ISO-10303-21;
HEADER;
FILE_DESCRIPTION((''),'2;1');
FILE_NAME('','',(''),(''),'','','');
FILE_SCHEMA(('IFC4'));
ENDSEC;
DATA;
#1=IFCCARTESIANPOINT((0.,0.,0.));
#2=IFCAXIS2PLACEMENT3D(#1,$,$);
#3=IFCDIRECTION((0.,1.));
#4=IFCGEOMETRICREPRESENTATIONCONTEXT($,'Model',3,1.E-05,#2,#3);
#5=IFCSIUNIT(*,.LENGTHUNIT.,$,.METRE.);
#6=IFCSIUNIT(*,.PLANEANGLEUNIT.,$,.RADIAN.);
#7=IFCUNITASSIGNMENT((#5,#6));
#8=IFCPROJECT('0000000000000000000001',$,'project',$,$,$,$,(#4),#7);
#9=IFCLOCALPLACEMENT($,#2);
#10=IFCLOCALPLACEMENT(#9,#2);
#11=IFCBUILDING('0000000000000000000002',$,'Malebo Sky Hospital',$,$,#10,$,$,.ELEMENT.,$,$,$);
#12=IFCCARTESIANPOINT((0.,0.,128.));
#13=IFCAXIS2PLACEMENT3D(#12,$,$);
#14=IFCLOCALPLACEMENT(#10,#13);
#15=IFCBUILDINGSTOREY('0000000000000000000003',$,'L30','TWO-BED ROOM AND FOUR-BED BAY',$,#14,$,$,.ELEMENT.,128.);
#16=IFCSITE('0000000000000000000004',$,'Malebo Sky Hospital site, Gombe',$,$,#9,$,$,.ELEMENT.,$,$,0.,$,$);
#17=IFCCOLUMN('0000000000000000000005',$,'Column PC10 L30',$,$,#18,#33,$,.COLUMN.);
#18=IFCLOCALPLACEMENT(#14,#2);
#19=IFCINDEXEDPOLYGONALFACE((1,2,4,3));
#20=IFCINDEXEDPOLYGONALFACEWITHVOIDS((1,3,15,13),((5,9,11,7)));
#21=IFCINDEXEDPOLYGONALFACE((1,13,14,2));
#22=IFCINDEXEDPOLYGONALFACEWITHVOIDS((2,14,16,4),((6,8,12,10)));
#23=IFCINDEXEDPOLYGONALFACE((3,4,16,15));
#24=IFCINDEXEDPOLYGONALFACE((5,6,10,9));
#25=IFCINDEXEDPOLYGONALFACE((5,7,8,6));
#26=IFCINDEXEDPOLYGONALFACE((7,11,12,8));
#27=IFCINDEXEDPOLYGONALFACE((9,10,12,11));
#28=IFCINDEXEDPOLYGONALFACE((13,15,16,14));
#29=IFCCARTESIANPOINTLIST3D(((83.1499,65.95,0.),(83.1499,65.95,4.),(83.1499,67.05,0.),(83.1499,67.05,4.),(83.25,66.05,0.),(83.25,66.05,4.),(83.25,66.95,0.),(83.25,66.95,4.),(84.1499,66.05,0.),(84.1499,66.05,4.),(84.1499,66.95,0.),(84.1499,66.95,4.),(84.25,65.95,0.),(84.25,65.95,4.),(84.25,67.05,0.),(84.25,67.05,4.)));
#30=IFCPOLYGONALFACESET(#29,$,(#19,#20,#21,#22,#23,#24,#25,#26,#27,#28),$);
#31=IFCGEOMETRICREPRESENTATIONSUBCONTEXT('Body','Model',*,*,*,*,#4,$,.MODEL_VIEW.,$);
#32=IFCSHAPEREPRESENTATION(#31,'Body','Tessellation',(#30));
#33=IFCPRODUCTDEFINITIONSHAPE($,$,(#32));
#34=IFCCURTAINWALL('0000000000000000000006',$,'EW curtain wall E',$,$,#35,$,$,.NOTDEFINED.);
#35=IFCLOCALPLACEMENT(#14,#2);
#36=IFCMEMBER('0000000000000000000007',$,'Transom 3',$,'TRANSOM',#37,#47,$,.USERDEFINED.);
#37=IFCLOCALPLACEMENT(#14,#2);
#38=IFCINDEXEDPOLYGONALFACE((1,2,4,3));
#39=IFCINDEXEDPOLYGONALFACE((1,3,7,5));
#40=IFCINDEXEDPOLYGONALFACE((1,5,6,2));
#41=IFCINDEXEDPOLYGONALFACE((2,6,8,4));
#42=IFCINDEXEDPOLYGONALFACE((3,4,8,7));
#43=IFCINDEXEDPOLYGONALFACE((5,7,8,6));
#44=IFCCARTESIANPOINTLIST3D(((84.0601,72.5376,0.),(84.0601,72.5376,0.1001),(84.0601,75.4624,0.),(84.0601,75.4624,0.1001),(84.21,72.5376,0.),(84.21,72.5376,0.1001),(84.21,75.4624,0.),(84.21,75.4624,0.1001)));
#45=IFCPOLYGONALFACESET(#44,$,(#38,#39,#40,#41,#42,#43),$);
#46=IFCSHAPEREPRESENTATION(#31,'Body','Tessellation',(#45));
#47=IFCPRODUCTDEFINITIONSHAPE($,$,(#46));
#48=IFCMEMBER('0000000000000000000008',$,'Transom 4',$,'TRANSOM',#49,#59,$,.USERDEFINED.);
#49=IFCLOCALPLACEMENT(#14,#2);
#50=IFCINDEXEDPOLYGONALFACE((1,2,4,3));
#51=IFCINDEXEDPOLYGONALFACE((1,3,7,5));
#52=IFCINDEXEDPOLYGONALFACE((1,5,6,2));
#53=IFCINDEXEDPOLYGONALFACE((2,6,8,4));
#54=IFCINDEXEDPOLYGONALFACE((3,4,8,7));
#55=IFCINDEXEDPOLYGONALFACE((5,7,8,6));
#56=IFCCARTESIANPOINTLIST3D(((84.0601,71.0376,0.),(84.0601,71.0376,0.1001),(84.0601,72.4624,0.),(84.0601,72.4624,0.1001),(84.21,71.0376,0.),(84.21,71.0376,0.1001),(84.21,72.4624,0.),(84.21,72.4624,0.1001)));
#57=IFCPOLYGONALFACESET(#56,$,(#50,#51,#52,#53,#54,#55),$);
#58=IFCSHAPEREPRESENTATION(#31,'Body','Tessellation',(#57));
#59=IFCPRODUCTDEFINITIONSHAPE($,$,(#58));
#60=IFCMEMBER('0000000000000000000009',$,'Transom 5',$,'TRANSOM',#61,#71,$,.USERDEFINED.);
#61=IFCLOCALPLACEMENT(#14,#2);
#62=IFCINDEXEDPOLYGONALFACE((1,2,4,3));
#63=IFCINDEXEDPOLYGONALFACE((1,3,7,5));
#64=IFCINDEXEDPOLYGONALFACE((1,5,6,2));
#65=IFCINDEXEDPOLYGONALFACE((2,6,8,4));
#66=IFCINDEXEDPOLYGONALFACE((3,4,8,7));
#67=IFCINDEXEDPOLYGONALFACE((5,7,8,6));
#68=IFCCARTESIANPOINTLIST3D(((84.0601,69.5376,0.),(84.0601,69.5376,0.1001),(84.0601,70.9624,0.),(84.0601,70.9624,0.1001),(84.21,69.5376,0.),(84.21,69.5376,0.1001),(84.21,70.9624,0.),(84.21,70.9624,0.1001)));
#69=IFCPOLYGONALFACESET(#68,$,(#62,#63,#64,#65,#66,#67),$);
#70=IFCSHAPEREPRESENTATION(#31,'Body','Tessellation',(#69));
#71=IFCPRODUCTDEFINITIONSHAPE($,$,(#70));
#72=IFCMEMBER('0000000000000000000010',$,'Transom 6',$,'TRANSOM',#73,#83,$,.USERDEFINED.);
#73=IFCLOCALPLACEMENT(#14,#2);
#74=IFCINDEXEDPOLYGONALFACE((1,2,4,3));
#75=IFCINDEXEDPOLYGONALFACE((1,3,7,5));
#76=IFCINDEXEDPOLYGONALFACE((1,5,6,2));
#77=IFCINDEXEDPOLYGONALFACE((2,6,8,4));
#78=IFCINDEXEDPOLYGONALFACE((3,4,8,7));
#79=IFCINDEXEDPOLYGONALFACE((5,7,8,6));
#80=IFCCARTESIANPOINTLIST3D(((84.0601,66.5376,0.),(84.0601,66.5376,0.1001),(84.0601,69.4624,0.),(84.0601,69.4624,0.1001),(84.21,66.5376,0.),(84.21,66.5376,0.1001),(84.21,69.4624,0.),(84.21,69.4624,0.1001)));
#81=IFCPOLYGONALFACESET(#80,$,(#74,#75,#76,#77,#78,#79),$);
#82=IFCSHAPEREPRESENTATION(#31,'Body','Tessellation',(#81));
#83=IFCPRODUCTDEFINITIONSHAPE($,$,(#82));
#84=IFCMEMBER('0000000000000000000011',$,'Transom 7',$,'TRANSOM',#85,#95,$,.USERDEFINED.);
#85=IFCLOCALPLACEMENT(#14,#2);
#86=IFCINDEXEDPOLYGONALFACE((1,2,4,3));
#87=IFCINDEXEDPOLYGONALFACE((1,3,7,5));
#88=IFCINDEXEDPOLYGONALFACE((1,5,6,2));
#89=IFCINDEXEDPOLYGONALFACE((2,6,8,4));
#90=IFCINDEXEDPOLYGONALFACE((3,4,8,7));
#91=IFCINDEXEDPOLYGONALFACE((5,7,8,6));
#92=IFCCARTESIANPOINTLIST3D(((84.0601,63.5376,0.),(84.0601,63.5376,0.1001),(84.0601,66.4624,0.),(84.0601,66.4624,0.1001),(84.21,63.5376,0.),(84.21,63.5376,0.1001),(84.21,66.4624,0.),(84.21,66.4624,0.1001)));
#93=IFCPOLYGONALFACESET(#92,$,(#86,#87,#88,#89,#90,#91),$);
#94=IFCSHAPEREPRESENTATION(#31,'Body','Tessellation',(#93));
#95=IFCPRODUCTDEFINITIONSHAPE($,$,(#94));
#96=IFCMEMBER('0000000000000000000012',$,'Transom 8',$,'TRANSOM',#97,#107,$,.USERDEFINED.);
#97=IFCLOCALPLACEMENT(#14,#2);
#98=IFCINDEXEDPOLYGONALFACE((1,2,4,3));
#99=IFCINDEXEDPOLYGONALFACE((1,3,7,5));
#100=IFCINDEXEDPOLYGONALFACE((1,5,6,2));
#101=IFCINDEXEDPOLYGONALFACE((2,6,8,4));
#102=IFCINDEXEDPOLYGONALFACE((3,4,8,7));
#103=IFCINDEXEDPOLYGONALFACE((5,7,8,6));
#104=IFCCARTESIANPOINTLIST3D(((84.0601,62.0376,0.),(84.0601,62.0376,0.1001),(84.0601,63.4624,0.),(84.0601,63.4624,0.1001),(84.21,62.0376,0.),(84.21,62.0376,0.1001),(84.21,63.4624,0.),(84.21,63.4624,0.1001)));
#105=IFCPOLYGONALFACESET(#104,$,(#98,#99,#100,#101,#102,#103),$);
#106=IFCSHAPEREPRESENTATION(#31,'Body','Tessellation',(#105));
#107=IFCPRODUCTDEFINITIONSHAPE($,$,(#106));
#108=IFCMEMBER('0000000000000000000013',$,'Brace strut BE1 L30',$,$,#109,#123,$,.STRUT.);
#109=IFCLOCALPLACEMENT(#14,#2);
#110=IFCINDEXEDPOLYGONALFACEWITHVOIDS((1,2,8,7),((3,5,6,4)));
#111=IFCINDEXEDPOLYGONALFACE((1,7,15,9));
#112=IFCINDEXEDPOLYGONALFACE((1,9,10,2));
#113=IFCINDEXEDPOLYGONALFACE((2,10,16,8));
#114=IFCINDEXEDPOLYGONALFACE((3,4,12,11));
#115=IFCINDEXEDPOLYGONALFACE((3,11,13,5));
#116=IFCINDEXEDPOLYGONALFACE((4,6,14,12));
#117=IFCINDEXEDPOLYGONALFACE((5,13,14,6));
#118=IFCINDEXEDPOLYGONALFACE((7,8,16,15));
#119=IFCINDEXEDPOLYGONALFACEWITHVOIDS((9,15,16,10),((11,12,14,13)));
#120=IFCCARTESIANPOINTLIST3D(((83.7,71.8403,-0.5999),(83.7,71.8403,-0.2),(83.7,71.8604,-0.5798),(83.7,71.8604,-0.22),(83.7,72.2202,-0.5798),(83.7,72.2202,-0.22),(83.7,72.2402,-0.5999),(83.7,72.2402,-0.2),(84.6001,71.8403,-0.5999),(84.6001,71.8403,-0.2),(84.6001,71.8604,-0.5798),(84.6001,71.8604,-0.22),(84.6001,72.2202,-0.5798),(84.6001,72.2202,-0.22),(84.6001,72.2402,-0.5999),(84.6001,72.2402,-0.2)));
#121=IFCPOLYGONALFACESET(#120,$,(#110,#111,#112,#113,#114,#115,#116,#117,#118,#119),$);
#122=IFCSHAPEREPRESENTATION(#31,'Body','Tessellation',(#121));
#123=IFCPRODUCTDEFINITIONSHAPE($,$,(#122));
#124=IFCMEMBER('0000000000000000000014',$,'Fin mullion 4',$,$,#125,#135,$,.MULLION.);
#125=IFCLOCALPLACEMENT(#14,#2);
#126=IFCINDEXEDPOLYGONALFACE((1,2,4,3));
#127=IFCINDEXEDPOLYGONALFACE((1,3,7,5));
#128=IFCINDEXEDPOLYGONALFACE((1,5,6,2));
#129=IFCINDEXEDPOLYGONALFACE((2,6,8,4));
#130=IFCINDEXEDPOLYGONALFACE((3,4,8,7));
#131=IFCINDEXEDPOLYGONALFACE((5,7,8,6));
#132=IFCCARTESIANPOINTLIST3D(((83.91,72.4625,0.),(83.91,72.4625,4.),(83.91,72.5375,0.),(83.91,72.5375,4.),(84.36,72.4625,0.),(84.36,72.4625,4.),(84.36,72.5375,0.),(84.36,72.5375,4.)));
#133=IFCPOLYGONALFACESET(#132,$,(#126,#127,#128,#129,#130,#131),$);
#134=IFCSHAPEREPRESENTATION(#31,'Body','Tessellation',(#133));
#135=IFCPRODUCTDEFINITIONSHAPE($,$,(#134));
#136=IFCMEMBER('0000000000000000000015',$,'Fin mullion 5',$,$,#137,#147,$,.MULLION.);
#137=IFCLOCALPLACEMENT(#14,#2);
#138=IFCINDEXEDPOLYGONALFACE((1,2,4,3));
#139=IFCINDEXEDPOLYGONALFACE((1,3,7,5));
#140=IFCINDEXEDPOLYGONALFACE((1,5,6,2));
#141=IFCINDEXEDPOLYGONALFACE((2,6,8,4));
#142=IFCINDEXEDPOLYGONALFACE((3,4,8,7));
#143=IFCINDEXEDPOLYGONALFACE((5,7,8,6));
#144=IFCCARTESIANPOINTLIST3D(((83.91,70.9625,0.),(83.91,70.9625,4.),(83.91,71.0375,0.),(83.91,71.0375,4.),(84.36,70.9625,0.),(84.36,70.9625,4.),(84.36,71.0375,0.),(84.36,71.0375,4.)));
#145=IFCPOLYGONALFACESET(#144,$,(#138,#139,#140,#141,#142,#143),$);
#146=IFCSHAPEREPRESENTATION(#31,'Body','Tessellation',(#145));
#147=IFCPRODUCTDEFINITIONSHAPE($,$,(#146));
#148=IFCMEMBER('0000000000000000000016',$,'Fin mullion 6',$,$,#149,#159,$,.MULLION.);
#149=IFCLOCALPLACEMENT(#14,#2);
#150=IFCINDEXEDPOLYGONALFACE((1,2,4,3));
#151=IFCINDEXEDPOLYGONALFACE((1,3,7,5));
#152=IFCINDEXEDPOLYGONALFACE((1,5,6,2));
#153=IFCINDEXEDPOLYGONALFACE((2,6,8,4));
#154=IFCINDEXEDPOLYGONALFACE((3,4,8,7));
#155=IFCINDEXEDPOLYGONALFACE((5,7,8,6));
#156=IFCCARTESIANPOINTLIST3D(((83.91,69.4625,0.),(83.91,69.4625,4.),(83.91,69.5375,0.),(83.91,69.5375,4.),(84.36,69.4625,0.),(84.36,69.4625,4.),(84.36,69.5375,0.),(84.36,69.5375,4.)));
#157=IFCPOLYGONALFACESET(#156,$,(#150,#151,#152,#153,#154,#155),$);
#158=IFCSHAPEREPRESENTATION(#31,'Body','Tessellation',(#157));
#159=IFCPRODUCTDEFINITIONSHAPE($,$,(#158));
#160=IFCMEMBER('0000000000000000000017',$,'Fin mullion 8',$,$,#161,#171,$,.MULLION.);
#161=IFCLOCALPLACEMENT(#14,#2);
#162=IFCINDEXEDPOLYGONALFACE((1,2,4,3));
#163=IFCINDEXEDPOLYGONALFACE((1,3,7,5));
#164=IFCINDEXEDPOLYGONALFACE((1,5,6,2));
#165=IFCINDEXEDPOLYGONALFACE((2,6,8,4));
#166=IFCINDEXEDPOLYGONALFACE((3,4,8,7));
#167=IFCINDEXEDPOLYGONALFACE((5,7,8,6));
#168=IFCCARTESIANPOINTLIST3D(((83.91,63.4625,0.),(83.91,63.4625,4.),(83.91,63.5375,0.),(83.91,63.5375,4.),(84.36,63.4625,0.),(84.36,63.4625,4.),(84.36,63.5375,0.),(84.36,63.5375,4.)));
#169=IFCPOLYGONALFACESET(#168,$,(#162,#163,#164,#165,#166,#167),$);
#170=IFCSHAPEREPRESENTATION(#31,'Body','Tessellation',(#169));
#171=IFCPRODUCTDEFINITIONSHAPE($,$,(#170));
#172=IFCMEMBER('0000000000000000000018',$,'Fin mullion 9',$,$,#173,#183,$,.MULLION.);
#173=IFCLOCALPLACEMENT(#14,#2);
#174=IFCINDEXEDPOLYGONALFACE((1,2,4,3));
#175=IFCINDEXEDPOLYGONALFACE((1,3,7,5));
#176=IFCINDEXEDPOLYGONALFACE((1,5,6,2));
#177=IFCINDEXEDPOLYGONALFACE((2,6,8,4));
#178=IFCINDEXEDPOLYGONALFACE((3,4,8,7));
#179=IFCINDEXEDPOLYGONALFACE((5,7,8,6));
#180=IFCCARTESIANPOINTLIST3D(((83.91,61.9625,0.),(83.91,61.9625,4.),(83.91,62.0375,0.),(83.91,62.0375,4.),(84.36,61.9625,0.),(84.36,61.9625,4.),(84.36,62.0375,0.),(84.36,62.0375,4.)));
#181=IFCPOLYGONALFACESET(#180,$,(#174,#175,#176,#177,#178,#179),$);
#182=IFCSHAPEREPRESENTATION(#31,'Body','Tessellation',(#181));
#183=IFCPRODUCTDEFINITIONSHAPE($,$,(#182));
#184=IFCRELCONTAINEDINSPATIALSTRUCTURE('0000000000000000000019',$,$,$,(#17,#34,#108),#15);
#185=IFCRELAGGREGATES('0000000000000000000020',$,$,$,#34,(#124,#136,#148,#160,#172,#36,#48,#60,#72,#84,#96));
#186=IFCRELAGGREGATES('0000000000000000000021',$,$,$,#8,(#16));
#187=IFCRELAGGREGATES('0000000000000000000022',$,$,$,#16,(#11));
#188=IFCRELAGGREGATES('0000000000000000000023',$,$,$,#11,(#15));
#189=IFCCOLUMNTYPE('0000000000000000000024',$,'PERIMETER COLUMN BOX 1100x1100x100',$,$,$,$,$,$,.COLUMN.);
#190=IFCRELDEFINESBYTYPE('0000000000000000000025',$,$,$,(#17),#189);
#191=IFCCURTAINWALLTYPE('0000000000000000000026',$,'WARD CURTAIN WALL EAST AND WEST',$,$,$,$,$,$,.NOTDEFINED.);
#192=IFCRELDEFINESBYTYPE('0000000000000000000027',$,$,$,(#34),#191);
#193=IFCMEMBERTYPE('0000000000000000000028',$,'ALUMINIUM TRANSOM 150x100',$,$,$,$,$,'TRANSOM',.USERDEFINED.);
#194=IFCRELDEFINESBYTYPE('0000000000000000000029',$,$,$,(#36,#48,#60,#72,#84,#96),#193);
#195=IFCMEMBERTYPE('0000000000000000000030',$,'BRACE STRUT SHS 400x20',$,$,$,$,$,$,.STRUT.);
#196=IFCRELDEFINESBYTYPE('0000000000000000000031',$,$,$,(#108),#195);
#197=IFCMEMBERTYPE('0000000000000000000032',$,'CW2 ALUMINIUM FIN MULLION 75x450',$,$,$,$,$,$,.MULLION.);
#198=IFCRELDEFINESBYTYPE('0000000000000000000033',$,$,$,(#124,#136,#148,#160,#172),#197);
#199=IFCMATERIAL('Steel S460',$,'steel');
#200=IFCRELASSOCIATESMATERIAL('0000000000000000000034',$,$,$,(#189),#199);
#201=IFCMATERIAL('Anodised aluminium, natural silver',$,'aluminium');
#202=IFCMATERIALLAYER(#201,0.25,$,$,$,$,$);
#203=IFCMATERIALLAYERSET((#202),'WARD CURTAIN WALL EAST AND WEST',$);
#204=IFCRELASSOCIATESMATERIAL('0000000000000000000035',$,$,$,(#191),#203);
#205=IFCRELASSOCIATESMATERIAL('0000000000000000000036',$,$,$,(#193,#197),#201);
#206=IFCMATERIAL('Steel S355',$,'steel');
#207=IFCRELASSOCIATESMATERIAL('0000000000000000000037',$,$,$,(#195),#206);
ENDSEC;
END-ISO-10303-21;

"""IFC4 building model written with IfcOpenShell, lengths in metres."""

from ifc_helpers import new_model, si_unit, direction, frame, origin, origin_2d, place, context, subcontext, project, spatial, rectangle, hollow_rectangle, extrude, material, layer, layer_set, material_profile, profile_set, type_object, element, aggregate, save


model = new_model("IFC4")

# Units and contexts
model_context = context("Model", 3, precision=1e-05, world=origin(), true_north=direction((0.0, 1.0)))
body_context = subcontext(model_context, "Body", "Model", "MODEL_VIEW")
ifc_project = project(units=[si_unit("LENGTHUNIT", "METRE"), si_unit("PLANEANGLEUNIT", "RADIAN")], contexts=[model_context])

# Site, building, storey
site_placement = place(None, origin())
site = spatial("IfcSite", under=ifc_project, at=site_placement, Name="Malebo Sky Hospital site, Gombe", CompositionType="ELEMENT", RefElevation=0.0)
building_placement = place(site_placement, origin())
building = spatial("IfcBuilding", under=site, at=building_placement, Name="Malebo Sky Hospital", CompositionType="ELEMENT")
storey_placement = place(building_placement, frame((0.0, 0.0, 128.0)))
storey = spatial("IfcBuildingStorey", under=building, at=storey_placement, Name="L30", Description="TWO-BED ROOM AND FOUR-BED BAY", CompositionType="ELEMENT", Elevation=128.0)

# Column
ifc_material_1 = material(Name="Steel S460", Category="steel")
ifc_material_profile_1 = material_profile(ifc_material_1, hollow_rectangle(XDim=1.1001, YDim=1.1001, WallThickness=0.1001, at=origin_2d()), Name="BOX 1100x1100x100")
ifc_profile_set_1 = profile_set([ifc_material_profile_1], Name="Steel S460")
column_type = type_object("IfcColumnType", Name="PERIMETER COLUMN BOX 1100x1100x100", PredefinedType="COLUMN", material=ifc_profile_set_1)
column_placement = place(storey_placement, frame((83.7, 66.5, 0.0), z_axis=(0.0, 0.0, 1.0), x_axis=(1.0, 0.0, 0.0)))
element("IfcColumn", 1, at=column_placement, inside=storey, type_object=column_type, Name="Column PC10 L30", PredefinedType="COLUMN", context=body_context, shape_type="SweptSolid", body=[
    extrude(hollow_rectangle(XDim=1.1001, YDim=1.1001, WallThickness=0.1001, at=origin_2d()), origin(), (0.0, 0.0, 1.0), 4.0),
])

# Curtain wall, members
ifc_material_2 = material(Name="Anodised aluminium, natural silver", Category="aluminium")
ifc_layer_1 = layer(ifc_material_2, 0.25)
ifc_layer_set_1 = layer_set([ifc_layer_1], Name="WARD CURTAIN WALL EAST AND WEST")
curtain_wall_type = type_object("IfcCurtainWallType", Name="WARD CURTAIN WALL EAST AND WEST", PredefinedType="NOTDEFINED", material=ifc_layer_set_1)
curtain_wall_placement = place(storey_placement, origin())
curtain_wall = element("IfcCurtainWall", 2, at=curtain_wall_placement, inside=storey, type_object=curtain_wall_type, Name="EW curtain wall E", PredefinedType="NOTDEFINED")
ifc_material_profile_2 = material_profile(ifc_material_2, rectangle(XDim=0.1499, YDim=0.1001, at=origin_2d()), Name="ALUMINIUM TRANSOM 150x100")
ifc_profile_set_2 = profile_set([ifc_material_profile_2], Name="Anodised aluminium, natural silver")
member_type_1 = type_object("IfcMemberType", Name="ALUMINIUM TRANSOM 150x100", ElementType="TRANSOM", PredefinedType="USERDEFINED", material=ifc_profile_set_2)
member_1_placement = place(storey_placement, frame((84.135, 75.4624, 0.05), z_axis=(0.0, -1.0, 0.0), x_axis=(1.0, 0.0, 0.0)))
member_1 = element("IfcMember", 3, at=member_1_placement, type_object=member_type_1, Name="Transom 3", ObjectType="TRANSOM", PredefinedType="USERDEFINED", context=body_context, shape_type="SweptSolid", body=[
    extrude(rectangle(XDim=0.1499, YDim=0.1001, at=origin_2d()), origin(), (0.0, 0.0, 1.0), 2.9248),
])
member_2_placement = place(storey_placement, frame((84.135, 72.4624, 0.05), z_axis=(0.0, -1.0, 0.0), x_axis=(1.0, 0.0, 0.0)))
member_2 = element("IfcMember", 4, at=member_2_placement, type_object=member_type_1, Name="Transom 4", ObjectType="TRANSOM", PredefinedType="USERDEFINED", context=body_context, shape_type="SweptSolid", body=[
    extrude(rectangle(XDim=0.1499, YDim=0.1001, at=origin_2d()), origin(), (0.0, 0.0, 1.0), 1.4248),
])
member_3_placement = place(storey_placement, frame((84.135, 70.9624, 0.05), z_axis=(0.0, -1.0, 0.0), x_axis=(1.0, 0.0, 0.0)))
member_3 = element("IfcMember", 5, at=member_3_placement, type_object=member_type_1, Name="Transom 5", ObjectType="TRANSOM", PredefinedType="USERDEFINED", context=body_context, shape_type="SweptSolid", body=[
    extrude(rectangle(XDim=0.1499, YDim=0.1001, at=origin_2d()), origin(), (0.0, 0.0, 1.0), 1.4248),
])
member_4_placement = place(storey_placement, frame((84.135, 69.4624, 0.05), z_axis=(0.0, -1.0, 0.0), x_axis=(1.0, 0.0, 0.0)))
member_4 = element("IfcMember", 6, at=member_4_placement, type_object=member_type_1, Name="Transom 6", ObjectType="TRANSOM", PredefinedType="USERDEFINED", context=body_context, shape_type="SweptSolid", body=[
    extrude(rectangle(XDim=0.1499, YDim=0.1001, at=origin_2d()), origin(), (0.0, 0.0, 1.0), 2.9248),
])
member_5_placement = place(storey_placement, frame((84.135, 66.4624, 0.05), z_axis=(0.0, -1.0, 0.0), x_axis=(1.0, 0.0, 0.0)))
member_5 = element("IfcMember", 7, at=member_5_placement, type_object=member_type_1, Name="Transom 7", ObjectType="TRANSOM", PredefinedType="USERDEFINED", context=body_context, shape_type="SweptSolid", body=[
    extrude(rectangle(XDim=0.1499, YDim=0.1001, at=origin_2d()), origin(), (0.0, 0.0, 1.0), 2.9248),
])
member_6_placement = place(storey_placement, frame((84.135, 63.4624, 0.05), z_axis=(0.0, -1.0, 0.0), x_axis=(1.0, 0.0, 0.0)))
member_6 = element("IfcMember", 8, at=member_6_placement, type_object=member_type_1, Name="Transom 8", ObjectType="TRANSOM", PredefinedType="USERDEFINED", context=body_context, shape_type="SweptSolid", body=[
    extrude(rectangle(XDim=0.1499, YDim=0.1001, at=origin_2d()), origin(), (0.0, 0.0, 1.0), 1.4248),
])

# Members
ifc_material_3 = material(Name="Steel S355", Category="steel")
ifc_material_profile_3 = material_profile(ifc_material_3, hollow_rectangle(XDim=0.3999, YDim=0.3999, WallThickness=0.02, at=origin_2d()), Name="SHS 400x20")
ifc_profile_set_3 = profile_set([ifc_material_profile_3], Name="Steel S355")
member_type_2 = type_object("IfcMemberType", Name="BRACE STRUT SHS 400x20", PredefinedType="STRUT", material=ifc_profile_set_3)
member_7_placement = place(storey_placement, frame((84.6001, 72.0403, -0.3999), z_axis=(-1.0, 0.0, 0.0), x_axis=(0.0, -1.0, 0.0)))
element("IfcMember", 9, at=member_7_placement, inside=storey, type_object=member_type_2, Name="Brace strut BE1 L30", PredefinedType="STRUT", context=body_context, shape_type="SweptSolid", body=[
    extrude(hollow_rectangle(XDim=0.3999, YDim=0.3999, WallThickness=0.02, at=origin_2d()), origin(), (0.0, 0.0, 1.0), 0.9001),
])
ifc_material_profile_4 = material_profile(ifc_material_2, rectangle(XDim=0.075, YDim=0.45, at=origin_2d()), Name="CW2 ALUMINIUM FIN MULLION 75x450")
ifc_profile_set_4 = profile_set([ifc_material_profile_4], Name="Anodised aluminium, natural silver")
member_type_3 = type_object("IfcMemberType", Name="CW2 ALUMINIUM FIN MULLION 75x450", PredefinedType="MULLION", material=ifc_profile_set_4)
member_8_placement = place(storey_placement, frame((84.135, 72.5, 0.0), z_axis=(0.0, 0.0, 1.0), x_axis=(0.0, -1.0, 0.0)))
member_8 = element("IfcMember", 10, at=member_8_placement, type_object=member_type_3, Name="Fin mullion 4", PredefinedType="MULLION", context=body_context, shape_type="SweptSolid", body=[
    extrude(rectangle(XDim=0.075, YDim=0.45, at=origin_2d()), origin(), (0.0, 0.0, 1.0), 4.0),
])
member_9_placement = place(storey_placement, frame((84.135, 71.0, 0.0), z_axis=(0.0, 0.0, 1.0), x_axis=(0.0, -1.0, 0.0)))
member_9 = element("IfcMember", 11, at=member_9_placement, type_object=member_type_3, Name="Fin mullion 5", PredefinedType="MULLION", context=body_context, shape_type="SweptSolid", body=[
    extrude(rectangle(XDim=0.075, YDim=0.45, at=origin_2d()), origin(), (0.0, 0.0, 1.0), 4.0),
])
member_10_placement = place(storey_placement, frame((84.135, 69.5, 0.0), z_axis=(0.0, 0.0, 1.0), x_axis=(0.0, -1.0, 0.0)))
member_10 = element("IfcMember", 12, at=member_10_placement, type_object=member_type_3, Name="Fin mullion 6", PredefinedType="MULLION", context=body_context, shape_type="SweptSolid", body=[
    extrude(rectangle(XDim=0.075, YDim=0.45, at=origin_2d()), origin(), (0.0, 0.0, 1.0), 4.0),
])
member_11_placement = place(storey_placement, frame((84.135, 63.5, 0.0), z_axis=(0.0, 0.0, 1.0), x_axis=(0.0, -1.0, 0.0)))
member_11 = element("IfcMember", 13, at=member_11_placement, type_object=member_type_3, Name="Fin mullion 8", PredefinedType="MULLION", context=body_context, shape_type="SweptSolid", body=[
    extrude(rectangle(XDim=0.075, YDim=0.45, at=origin_2d()), origin(), (0.0, 0.0, 1.0), 4.0),
])
member_12_placement = place(storey_placement, frame((84.135, 62.0, 0.0), z_axis=(0.0, 0.0, 1.0), x_axis=(0.0, -1.0, 0.0)))
member_12 = element("IfcMember", 14, at=member_12_placement, type_object=member_type_3, Name="Fin mullion 9", PredefinedType="MULLION", context=body_context, shape_type="SweptSolid", body=[
    extrude(rectangle(XDim=0.075, YDim=0.45, at=origin_2d()), origin(), (0.0, 0.0, 1.0), 4.0),
])

aggregate(curtain_wall, [member_8, member_9, member_10, member_11, member_12, member_1, member_2, member_3, member_4, member_5, member_6])

save(model, "model.ifc")
